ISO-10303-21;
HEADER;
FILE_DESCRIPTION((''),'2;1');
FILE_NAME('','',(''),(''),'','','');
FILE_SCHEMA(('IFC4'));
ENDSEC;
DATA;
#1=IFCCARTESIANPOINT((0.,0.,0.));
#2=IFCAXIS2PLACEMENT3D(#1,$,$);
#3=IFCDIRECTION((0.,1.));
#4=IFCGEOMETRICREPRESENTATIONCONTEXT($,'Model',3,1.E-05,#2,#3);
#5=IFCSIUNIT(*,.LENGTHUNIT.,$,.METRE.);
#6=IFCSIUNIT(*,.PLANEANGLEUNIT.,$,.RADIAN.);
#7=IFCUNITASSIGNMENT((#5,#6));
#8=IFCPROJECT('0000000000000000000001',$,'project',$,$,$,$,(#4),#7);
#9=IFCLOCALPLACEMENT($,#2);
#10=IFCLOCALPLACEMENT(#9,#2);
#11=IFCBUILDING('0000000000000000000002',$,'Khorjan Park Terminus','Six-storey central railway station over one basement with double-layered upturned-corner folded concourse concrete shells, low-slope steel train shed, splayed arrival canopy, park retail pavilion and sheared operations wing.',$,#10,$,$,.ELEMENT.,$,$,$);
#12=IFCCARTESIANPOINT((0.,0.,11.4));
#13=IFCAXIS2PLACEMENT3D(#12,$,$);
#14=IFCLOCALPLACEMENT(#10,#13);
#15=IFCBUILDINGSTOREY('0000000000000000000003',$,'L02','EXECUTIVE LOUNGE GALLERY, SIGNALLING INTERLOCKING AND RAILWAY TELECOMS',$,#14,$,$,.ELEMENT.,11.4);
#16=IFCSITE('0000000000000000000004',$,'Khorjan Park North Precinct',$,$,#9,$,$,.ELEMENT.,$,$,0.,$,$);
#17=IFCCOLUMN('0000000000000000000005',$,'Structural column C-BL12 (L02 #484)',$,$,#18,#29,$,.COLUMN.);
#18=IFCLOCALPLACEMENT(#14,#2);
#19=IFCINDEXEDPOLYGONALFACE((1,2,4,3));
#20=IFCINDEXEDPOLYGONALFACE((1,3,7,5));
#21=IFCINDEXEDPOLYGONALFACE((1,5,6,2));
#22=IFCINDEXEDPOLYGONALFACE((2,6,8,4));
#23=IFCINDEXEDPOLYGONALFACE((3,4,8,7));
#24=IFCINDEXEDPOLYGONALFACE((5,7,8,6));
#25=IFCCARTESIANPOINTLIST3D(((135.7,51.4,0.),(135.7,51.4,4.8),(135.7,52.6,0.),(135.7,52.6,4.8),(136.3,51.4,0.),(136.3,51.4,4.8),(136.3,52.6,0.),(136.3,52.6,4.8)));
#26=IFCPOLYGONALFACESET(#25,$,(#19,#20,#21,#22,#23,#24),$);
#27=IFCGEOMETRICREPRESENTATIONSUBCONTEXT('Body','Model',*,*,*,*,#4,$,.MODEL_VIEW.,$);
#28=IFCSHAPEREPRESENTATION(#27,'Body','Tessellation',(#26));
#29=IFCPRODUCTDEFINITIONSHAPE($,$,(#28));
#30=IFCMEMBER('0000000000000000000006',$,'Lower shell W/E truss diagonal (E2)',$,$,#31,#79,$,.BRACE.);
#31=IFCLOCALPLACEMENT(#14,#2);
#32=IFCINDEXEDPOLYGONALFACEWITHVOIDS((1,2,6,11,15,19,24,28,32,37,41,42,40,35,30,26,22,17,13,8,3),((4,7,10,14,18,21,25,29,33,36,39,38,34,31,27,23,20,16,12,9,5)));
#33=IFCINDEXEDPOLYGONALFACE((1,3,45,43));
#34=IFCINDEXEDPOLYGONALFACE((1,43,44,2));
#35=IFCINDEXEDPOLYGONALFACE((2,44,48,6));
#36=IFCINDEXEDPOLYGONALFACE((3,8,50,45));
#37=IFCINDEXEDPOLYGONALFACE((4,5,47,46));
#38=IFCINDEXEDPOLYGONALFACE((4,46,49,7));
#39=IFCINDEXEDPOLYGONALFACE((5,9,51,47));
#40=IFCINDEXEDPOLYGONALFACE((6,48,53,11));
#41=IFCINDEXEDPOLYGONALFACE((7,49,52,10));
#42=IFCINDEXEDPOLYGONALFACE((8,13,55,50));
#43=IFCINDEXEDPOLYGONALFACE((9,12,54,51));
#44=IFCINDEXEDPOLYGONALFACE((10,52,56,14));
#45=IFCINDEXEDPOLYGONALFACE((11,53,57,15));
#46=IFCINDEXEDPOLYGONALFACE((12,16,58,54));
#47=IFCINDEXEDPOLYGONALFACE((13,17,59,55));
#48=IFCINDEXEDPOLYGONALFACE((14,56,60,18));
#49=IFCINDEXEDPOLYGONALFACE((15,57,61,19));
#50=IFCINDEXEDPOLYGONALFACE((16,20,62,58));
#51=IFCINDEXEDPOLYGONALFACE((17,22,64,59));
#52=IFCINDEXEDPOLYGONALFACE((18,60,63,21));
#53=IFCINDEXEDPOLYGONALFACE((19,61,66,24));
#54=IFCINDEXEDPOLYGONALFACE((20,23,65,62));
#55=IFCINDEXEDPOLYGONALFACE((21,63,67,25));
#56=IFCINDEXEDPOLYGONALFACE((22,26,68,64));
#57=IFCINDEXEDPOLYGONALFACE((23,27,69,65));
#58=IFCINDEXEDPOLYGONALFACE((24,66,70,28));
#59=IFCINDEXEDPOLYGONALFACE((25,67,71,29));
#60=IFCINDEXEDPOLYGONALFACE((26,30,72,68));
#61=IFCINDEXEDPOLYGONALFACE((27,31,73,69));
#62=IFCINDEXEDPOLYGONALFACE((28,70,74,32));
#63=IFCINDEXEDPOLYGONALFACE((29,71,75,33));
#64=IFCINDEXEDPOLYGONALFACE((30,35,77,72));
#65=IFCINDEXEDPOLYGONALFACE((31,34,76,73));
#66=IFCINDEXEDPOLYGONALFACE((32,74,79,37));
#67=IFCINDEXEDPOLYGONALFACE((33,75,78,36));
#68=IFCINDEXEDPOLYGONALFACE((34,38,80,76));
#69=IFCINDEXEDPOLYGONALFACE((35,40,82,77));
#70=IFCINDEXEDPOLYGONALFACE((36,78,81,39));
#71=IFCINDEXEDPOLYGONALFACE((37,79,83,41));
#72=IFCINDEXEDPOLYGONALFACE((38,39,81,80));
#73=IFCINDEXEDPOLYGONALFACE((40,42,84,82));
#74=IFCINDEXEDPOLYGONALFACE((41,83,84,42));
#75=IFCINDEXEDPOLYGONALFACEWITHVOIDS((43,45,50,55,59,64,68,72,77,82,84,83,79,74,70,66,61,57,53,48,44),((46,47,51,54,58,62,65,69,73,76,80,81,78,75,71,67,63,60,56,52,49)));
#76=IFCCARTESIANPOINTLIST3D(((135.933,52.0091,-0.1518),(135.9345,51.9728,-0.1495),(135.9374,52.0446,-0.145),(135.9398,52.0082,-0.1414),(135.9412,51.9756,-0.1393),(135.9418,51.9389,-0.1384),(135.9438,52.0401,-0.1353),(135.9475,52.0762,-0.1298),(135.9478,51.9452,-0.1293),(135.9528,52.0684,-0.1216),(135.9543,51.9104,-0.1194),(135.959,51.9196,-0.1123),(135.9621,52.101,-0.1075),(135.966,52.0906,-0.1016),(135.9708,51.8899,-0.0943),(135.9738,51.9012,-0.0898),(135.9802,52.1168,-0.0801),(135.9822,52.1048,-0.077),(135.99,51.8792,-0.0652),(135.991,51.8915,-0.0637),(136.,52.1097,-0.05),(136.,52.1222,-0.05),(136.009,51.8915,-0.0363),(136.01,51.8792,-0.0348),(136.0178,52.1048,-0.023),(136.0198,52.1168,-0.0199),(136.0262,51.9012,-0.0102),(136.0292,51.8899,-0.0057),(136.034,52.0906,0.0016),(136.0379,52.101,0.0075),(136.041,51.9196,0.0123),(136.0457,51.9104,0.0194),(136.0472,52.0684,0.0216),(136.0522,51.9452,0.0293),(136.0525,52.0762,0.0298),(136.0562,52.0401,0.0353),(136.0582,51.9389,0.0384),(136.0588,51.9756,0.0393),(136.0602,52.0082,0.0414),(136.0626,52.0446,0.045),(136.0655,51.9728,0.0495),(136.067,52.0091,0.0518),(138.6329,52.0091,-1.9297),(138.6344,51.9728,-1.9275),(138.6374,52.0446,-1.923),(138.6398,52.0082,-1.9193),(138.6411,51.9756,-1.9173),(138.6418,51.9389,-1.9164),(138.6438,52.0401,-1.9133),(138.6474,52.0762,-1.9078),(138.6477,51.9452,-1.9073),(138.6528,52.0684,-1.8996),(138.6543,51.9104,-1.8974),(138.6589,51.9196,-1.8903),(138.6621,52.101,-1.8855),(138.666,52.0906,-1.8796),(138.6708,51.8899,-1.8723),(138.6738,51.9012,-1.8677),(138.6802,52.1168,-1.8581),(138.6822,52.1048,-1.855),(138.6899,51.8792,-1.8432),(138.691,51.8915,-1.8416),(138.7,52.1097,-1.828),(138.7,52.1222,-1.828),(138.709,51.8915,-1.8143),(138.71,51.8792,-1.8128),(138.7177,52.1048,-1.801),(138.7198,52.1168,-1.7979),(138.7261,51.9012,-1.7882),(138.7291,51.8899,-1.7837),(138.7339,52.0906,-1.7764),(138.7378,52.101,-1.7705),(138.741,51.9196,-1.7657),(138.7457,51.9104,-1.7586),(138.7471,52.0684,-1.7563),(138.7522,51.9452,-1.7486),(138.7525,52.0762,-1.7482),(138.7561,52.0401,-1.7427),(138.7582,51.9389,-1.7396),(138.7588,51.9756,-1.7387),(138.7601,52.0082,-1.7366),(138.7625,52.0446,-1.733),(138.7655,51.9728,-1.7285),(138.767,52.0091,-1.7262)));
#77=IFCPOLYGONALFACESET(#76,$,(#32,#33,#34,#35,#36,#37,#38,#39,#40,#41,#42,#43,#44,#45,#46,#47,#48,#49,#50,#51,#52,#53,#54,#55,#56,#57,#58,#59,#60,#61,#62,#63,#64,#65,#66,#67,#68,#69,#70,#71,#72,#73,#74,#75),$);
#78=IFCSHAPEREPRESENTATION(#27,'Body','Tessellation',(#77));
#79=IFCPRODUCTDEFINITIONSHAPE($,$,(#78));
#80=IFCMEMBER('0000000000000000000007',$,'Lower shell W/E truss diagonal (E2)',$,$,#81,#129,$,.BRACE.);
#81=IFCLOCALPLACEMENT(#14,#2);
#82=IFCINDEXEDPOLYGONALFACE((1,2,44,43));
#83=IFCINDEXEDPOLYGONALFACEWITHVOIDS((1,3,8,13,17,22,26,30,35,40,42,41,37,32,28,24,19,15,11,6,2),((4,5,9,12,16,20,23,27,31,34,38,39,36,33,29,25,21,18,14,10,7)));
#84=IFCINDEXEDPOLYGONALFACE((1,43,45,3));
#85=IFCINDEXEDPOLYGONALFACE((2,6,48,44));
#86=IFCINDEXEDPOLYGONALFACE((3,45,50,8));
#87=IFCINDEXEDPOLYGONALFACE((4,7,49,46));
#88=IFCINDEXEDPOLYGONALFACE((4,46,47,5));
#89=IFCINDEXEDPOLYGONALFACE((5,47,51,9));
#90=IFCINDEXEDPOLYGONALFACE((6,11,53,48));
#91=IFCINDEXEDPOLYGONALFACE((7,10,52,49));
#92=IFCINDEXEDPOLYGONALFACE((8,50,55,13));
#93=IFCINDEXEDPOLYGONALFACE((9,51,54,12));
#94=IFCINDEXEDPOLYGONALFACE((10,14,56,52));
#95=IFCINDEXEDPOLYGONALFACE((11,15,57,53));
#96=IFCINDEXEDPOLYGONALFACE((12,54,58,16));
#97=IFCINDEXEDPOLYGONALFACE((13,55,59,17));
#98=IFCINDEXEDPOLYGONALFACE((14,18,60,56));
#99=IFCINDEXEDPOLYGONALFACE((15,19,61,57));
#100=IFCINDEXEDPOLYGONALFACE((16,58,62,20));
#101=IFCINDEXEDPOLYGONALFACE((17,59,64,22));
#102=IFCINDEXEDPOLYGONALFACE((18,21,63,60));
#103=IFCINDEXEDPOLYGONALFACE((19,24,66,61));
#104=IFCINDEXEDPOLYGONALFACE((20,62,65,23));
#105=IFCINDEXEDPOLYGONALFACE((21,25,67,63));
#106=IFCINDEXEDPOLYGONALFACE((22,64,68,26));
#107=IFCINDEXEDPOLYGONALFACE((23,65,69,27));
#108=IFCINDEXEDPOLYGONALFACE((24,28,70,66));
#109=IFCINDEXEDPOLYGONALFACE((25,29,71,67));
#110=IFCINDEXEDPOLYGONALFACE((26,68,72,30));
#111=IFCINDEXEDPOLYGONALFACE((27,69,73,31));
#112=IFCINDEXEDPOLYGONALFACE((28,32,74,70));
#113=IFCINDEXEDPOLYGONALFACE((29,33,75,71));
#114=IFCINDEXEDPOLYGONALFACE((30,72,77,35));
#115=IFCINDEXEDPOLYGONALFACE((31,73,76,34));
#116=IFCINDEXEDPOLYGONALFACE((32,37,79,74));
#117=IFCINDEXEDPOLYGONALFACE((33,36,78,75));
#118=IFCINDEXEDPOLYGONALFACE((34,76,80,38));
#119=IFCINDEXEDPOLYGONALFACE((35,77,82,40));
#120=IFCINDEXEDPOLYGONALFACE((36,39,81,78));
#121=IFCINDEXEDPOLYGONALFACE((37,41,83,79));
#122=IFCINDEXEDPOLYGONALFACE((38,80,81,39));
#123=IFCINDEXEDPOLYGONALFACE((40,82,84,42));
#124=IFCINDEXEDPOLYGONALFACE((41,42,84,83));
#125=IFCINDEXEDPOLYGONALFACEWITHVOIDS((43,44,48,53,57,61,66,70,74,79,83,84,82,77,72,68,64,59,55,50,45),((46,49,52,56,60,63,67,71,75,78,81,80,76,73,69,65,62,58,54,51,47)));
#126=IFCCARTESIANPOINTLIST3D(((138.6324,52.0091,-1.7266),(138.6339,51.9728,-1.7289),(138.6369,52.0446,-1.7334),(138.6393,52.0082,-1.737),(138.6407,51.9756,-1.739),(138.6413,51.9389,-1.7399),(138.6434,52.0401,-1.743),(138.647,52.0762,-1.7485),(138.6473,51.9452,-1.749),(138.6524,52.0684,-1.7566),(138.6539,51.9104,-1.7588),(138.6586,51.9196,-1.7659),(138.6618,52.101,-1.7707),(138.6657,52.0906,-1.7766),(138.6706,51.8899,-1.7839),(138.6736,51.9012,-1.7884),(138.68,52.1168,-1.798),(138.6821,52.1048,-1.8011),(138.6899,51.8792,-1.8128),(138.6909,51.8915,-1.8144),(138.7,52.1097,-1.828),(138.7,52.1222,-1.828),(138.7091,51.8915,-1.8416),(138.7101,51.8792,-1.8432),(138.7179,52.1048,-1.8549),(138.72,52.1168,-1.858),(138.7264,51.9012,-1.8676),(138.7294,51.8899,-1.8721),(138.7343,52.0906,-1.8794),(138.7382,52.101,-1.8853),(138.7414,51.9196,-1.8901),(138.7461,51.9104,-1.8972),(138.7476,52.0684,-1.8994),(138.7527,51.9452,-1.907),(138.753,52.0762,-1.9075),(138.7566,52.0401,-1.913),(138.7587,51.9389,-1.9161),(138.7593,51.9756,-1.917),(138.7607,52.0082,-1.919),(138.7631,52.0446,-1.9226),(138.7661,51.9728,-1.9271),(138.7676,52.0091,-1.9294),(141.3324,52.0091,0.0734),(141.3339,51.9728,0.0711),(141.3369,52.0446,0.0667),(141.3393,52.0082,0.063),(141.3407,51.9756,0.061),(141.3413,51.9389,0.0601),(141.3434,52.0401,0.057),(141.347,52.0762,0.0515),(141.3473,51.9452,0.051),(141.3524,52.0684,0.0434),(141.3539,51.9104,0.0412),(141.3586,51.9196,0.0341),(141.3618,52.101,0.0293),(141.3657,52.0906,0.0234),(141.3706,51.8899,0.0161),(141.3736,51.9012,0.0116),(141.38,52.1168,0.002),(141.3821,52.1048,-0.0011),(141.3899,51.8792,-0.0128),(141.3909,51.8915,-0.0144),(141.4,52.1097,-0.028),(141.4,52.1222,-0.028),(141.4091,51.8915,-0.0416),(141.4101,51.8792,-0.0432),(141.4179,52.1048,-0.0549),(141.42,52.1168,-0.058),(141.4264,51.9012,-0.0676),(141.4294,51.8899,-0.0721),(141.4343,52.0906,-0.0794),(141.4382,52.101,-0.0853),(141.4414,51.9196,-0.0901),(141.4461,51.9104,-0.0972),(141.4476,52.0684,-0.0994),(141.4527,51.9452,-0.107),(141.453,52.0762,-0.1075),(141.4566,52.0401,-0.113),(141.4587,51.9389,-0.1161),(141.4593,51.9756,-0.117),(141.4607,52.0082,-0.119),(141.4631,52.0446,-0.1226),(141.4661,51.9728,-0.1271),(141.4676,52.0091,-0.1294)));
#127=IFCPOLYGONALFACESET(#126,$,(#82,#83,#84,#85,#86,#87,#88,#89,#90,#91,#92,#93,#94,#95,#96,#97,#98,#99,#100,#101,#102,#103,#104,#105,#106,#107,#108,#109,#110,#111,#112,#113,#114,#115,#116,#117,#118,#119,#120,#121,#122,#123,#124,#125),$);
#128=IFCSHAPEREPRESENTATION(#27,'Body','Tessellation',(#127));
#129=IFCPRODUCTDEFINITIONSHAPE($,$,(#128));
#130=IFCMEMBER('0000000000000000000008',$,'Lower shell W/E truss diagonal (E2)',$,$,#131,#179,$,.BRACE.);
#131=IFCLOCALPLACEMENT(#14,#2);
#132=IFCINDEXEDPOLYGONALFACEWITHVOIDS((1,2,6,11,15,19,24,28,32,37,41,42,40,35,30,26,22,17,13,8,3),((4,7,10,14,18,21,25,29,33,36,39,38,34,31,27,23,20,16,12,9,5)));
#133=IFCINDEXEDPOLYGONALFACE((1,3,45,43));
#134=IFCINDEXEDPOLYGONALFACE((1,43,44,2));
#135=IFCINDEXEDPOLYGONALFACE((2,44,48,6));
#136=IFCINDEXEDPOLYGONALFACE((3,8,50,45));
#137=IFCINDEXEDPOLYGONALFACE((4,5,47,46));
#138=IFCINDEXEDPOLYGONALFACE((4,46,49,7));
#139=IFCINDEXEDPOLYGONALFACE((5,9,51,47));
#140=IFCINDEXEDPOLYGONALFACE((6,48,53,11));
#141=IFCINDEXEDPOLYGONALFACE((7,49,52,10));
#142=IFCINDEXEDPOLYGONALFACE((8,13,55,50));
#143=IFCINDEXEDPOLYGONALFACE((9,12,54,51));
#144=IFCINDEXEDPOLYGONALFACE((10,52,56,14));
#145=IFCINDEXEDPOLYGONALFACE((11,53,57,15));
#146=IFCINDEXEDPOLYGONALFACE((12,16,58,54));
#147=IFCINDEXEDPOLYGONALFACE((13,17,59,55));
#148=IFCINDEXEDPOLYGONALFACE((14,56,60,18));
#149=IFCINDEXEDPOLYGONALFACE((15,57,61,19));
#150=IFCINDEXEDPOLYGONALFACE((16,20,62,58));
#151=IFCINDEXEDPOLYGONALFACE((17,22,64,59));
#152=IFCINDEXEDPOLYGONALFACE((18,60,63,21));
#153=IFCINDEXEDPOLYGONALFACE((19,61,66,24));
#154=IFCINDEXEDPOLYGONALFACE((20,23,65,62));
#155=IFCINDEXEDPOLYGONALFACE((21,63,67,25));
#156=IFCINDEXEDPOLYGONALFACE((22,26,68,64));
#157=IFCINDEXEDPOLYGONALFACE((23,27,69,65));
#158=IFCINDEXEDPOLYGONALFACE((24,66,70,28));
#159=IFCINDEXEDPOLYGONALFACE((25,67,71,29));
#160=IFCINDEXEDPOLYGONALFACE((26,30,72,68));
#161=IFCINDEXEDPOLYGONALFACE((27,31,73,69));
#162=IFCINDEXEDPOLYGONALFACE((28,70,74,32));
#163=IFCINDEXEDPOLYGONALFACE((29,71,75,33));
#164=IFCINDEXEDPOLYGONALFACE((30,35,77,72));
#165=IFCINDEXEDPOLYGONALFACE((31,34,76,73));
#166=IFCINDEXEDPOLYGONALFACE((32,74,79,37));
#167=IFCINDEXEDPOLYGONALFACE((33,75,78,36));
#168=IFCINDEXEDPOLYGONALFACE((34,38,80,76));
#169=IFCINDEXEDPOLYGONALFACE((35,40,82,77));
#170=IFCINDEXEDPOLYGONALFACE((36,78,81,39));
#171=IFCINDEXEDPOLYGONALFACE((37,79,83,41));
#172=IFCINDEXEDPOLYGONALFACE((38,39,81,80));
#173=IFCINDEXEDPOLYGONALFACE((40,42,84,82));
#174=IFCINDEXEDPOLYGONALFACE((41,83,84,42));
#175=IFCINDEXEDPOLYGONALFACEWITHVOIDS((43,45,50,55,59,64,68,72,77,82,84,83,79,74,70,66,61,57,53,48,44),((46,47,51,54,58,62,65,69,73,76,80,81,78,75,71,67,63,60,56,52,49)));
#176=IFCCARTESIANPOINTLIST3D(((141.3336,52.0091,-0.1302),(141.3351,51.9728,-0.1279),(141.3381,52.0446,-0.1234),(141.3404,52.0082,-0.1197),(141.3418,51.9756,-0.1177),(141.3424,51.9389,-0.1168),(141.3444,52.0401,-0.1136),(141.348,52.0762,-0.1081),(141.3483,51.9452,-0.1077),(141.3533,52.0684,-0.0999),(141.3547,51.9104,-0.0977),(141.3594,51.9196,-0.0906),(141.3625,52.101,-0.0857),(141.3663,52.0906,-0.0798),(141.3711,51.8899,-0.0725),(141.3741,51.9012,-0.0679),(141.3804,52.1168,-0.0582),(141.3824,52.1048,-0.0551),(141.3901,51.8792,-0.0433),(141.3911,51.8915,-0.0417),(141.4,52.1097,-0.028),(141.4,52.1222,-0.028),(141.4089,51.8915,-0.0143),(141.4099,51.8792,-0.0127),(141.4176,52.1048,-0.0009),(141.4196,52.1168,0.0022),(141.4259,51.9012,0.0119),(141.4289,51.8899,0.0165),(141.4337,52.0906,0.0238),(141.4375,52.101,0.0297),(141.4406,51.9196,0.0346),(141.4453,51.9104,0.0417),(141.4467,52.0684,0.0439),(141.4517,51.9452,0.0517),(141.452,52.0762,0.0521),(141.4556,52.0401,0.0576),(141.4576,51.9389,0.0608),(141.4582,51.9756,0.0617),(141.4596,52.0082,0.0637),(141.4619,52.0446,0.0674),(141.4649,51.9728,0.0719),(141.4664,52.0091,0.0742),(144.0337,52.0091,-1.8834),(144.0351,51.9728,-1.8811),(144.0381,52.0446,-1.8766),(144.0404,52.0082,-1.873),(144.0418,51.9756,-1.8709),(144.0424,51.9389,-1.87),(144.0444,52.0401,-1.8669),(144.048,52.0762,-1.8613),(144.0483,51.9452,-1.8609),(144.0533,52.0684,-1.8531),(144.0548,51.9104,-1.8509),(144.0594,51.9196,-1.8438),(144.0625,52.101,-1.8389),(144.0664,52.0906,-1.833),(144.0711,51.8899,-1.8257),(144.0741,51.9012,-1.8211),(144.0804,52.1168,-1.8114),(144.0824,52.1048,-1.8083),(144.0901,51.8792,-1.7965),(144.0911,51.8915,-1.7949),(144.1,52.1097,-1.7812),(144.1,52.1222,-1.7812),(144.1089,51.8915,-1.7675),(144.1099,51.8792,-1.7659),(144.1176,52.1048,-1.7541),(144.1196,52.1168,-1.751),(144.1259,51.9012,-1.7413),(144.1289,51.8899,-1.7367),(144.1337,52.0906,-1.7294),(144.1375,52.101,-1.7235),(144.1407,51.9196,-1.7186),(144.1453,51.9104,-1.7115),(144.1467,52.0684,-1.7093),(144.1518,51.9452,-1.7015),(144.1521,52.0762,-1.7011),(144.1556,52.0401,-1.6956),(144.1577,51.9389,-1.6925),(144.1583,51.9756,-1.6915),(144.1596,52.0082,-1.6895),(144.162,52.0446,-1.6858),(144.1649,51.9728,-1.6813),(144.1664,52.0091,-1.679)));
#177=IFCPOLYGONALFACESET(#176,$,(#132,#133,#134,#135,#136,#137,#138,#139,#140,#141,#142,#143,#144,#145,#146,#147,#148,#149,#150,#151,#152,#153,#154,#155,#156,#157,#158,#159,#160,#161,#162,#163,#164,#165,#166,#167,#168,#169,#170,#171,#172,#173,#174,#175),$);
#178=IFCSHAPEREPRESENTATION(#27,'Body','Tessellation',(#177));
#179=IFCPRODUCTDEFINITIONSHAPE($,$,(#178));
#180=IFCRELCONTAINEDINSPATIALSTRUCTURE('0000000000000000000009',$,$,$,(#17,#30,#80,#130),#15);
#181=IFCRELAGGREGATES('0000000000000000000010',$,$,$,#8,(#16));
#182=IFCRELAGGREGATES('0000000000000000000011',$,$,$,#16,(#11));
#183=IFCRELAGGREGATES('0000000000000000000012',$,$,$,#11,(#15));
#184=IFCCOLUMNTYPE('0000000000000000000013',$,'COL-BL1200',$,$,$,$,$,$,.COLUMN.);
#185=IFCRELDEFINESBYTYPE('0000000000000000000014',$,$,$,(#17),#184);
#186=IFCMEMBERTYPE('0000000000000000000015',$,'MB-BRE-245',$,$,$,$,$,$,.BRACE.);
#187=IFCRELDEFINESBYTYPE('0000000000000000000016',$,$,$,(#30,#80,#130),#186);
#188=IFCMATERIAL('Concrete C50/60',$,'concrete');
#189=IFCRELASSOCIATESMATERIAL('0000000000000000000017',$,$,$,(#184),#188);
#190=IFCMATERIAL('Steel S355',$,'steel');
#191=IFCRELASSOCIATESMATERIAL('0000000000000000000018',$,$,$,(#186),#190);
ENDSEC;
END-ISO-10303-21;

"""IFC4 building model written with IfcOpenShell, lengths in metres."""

from ifc_helpers import new_model, si_unit, direction, frame, origin, origin_2d, place, context, subcontext, project, spatial, rectangle, hollow_circle, extrude, material, material_profile, profile_set, type_object, element, save


model = new_model("IFC4")

# Units and contexts
model_context = context("Model", 3, precision=1e-05, world=origin(), true_north=direction((0.0, 1.0)))
body_context = subcontext(model_context, "Body", "Model", "MODEL_VIEW")
ifc_project = project(units=[si_unit("LENGTHUNIT", "METRE"), si_unit("PLANEANGLEUNIT", "RADIAN")], contexts=[model_context])

# Site, building, storey
site_placement = place(None, origin())
site = spatial("IfcSite", under=ifc_project, at=site_placement, Name="Khorjan Park North Precinct", CompositionType="ELEMENT", RefElevation=0.0)
building_placement = place(site_placement, origin())
building = spatial("IfcBuilding", under=site, at=building_placement, Name="Khorjan Park Terminus", Description="Six-storey central railway station over one basement with double-layered upturned-corner folded concourse concrete shells, low-slope steel train shed, splayed arrival canopy, park retail pavilion and sheared operations wing.", CompositionType="ELEMENT")
storey_placement = place(building_placement, frame((0.0, 0.0, 11.4)))
storey = spatial("IfcBuildingStorey", under=building, at=storey_placement, Name="L02", Description="EXECUTIVE LOUNGE GALLERY, SIGNALLING INTERLOCKING AND RAILWAY TELECOMS", CompositionType="ELEMENT", Elevation=11.4)

# Column
ifc_material_1 = material(Name="Concrete C50/60", Category="concrete")
ifc_material_profile_1 = material_profile(ifc_material_1, rectangle(XDim=0.6, YDim=1.2, at=origin_2d()), Name="RC 600x1200")
ifc_profile_set_1 = profile_set([ifc_material_profile_1], Name="Concrete C50/60")
column_type = type_object("IfcColumnType", Name="COL-BL1200", PredefinedType="COLUMN", material=ifc_profile_set_1)
column_placement = place(storey_placement, frame((136.0, 52.0, 0.0), z_axis=(0.0, 0.0, 1.0), x_axis=(1.0, 0.0, 0.0)))
element("IfcColumn", 1, at=column_placement, inside=storey, type_object=column_type, Name="Structural column C-BL12 (L02 #484)", PredefinedType="COLUMN", context=body_context, shape_type="SweptSolid", body=[
    extrude(rectangle(XDim=0.6, YDim=1.2, at=origin_2d()), origin(), (0.0, 0.0, 1.0), 4.8),
])

# Members
ifc_material_2 = material(Name="Steel S355", Category="steel")
ifc_material_profile_2 = material_profile(ifc_material_2, hollow_circle(Radius=0.1222, WallThickness=0.0125, at=origin_2d()), Name="CHS 244.5x12.5")
ifc_profile_set_2 = profile_set([ifc_material_profile_2], Name="Steel S355")
member_type_1 = type_object("IfcMemberType", Name="MB-BRE-245", PredefinedType="BRACE", material=ifc_profile_set_2)
member_1_placement = place(storey_placement, frame((136.0, 52.0, -0.05), z_axis=(0.835178, 0.0, -0.54998), x_axis=(0.0, 1.0, 0.0)))
element("IfcMember", 2, at=member_1_placement, inside=storey, type_object=member_type_1, Name="Lower shell W/E truss diagonal (E2)", PredefinedType="BRACE", context=body_context, shape_type="SweptSolid", body=[
    extrude(hollow_circle(Radius=0.1222, WallThickness=0.0125, at=origin_2d()), origin(), (0.0, 0.0, 1.0), 3.2328),
])
member_2_placement = place(storey_placement, frame((138.7, 52.0, -1.828), z_axis=(0.83205, 0.0, 0.5547), x_axis=(0.0, 1.0, 0.0)))
element("IfcMember", 3, at=member_2_placement, inside=storey, type_object=member_type_1, Name="Lower shell W/E truss diagonal (E2)", PredefinedType="BRACE", context=body_context, shape_type="SweptSolid", body=[
    extrude(hollow_circle(Radius=0.1222, WallThickness=0.0125, at=origin_2d()), origin(), (0.0, 0.0, 1.0), 3.245),
])
member_3_placement = place(storey_placement, frame((141.4, 52.0, -0.028), z_axis=(0.838699, 0.0, -0.544595), x_axis=(0.0, 1.0, 0.0)))
element("IfcMember", 4, at=member_3_placement, inside=storey, type_object=member_type_1, Name="Lower shell W/E truss diagonal (E2)", PredefinedType="BRACE", context=body_context, shape_type="SweptSolid", body=[
    extrude(hollow_circle(Radius=0.1222, WallThickness=0.0125, at=origin_2d()), origin(), (0.0, 0.0, 1.0), 3.2193),
])

save(model, "model.ifc")
